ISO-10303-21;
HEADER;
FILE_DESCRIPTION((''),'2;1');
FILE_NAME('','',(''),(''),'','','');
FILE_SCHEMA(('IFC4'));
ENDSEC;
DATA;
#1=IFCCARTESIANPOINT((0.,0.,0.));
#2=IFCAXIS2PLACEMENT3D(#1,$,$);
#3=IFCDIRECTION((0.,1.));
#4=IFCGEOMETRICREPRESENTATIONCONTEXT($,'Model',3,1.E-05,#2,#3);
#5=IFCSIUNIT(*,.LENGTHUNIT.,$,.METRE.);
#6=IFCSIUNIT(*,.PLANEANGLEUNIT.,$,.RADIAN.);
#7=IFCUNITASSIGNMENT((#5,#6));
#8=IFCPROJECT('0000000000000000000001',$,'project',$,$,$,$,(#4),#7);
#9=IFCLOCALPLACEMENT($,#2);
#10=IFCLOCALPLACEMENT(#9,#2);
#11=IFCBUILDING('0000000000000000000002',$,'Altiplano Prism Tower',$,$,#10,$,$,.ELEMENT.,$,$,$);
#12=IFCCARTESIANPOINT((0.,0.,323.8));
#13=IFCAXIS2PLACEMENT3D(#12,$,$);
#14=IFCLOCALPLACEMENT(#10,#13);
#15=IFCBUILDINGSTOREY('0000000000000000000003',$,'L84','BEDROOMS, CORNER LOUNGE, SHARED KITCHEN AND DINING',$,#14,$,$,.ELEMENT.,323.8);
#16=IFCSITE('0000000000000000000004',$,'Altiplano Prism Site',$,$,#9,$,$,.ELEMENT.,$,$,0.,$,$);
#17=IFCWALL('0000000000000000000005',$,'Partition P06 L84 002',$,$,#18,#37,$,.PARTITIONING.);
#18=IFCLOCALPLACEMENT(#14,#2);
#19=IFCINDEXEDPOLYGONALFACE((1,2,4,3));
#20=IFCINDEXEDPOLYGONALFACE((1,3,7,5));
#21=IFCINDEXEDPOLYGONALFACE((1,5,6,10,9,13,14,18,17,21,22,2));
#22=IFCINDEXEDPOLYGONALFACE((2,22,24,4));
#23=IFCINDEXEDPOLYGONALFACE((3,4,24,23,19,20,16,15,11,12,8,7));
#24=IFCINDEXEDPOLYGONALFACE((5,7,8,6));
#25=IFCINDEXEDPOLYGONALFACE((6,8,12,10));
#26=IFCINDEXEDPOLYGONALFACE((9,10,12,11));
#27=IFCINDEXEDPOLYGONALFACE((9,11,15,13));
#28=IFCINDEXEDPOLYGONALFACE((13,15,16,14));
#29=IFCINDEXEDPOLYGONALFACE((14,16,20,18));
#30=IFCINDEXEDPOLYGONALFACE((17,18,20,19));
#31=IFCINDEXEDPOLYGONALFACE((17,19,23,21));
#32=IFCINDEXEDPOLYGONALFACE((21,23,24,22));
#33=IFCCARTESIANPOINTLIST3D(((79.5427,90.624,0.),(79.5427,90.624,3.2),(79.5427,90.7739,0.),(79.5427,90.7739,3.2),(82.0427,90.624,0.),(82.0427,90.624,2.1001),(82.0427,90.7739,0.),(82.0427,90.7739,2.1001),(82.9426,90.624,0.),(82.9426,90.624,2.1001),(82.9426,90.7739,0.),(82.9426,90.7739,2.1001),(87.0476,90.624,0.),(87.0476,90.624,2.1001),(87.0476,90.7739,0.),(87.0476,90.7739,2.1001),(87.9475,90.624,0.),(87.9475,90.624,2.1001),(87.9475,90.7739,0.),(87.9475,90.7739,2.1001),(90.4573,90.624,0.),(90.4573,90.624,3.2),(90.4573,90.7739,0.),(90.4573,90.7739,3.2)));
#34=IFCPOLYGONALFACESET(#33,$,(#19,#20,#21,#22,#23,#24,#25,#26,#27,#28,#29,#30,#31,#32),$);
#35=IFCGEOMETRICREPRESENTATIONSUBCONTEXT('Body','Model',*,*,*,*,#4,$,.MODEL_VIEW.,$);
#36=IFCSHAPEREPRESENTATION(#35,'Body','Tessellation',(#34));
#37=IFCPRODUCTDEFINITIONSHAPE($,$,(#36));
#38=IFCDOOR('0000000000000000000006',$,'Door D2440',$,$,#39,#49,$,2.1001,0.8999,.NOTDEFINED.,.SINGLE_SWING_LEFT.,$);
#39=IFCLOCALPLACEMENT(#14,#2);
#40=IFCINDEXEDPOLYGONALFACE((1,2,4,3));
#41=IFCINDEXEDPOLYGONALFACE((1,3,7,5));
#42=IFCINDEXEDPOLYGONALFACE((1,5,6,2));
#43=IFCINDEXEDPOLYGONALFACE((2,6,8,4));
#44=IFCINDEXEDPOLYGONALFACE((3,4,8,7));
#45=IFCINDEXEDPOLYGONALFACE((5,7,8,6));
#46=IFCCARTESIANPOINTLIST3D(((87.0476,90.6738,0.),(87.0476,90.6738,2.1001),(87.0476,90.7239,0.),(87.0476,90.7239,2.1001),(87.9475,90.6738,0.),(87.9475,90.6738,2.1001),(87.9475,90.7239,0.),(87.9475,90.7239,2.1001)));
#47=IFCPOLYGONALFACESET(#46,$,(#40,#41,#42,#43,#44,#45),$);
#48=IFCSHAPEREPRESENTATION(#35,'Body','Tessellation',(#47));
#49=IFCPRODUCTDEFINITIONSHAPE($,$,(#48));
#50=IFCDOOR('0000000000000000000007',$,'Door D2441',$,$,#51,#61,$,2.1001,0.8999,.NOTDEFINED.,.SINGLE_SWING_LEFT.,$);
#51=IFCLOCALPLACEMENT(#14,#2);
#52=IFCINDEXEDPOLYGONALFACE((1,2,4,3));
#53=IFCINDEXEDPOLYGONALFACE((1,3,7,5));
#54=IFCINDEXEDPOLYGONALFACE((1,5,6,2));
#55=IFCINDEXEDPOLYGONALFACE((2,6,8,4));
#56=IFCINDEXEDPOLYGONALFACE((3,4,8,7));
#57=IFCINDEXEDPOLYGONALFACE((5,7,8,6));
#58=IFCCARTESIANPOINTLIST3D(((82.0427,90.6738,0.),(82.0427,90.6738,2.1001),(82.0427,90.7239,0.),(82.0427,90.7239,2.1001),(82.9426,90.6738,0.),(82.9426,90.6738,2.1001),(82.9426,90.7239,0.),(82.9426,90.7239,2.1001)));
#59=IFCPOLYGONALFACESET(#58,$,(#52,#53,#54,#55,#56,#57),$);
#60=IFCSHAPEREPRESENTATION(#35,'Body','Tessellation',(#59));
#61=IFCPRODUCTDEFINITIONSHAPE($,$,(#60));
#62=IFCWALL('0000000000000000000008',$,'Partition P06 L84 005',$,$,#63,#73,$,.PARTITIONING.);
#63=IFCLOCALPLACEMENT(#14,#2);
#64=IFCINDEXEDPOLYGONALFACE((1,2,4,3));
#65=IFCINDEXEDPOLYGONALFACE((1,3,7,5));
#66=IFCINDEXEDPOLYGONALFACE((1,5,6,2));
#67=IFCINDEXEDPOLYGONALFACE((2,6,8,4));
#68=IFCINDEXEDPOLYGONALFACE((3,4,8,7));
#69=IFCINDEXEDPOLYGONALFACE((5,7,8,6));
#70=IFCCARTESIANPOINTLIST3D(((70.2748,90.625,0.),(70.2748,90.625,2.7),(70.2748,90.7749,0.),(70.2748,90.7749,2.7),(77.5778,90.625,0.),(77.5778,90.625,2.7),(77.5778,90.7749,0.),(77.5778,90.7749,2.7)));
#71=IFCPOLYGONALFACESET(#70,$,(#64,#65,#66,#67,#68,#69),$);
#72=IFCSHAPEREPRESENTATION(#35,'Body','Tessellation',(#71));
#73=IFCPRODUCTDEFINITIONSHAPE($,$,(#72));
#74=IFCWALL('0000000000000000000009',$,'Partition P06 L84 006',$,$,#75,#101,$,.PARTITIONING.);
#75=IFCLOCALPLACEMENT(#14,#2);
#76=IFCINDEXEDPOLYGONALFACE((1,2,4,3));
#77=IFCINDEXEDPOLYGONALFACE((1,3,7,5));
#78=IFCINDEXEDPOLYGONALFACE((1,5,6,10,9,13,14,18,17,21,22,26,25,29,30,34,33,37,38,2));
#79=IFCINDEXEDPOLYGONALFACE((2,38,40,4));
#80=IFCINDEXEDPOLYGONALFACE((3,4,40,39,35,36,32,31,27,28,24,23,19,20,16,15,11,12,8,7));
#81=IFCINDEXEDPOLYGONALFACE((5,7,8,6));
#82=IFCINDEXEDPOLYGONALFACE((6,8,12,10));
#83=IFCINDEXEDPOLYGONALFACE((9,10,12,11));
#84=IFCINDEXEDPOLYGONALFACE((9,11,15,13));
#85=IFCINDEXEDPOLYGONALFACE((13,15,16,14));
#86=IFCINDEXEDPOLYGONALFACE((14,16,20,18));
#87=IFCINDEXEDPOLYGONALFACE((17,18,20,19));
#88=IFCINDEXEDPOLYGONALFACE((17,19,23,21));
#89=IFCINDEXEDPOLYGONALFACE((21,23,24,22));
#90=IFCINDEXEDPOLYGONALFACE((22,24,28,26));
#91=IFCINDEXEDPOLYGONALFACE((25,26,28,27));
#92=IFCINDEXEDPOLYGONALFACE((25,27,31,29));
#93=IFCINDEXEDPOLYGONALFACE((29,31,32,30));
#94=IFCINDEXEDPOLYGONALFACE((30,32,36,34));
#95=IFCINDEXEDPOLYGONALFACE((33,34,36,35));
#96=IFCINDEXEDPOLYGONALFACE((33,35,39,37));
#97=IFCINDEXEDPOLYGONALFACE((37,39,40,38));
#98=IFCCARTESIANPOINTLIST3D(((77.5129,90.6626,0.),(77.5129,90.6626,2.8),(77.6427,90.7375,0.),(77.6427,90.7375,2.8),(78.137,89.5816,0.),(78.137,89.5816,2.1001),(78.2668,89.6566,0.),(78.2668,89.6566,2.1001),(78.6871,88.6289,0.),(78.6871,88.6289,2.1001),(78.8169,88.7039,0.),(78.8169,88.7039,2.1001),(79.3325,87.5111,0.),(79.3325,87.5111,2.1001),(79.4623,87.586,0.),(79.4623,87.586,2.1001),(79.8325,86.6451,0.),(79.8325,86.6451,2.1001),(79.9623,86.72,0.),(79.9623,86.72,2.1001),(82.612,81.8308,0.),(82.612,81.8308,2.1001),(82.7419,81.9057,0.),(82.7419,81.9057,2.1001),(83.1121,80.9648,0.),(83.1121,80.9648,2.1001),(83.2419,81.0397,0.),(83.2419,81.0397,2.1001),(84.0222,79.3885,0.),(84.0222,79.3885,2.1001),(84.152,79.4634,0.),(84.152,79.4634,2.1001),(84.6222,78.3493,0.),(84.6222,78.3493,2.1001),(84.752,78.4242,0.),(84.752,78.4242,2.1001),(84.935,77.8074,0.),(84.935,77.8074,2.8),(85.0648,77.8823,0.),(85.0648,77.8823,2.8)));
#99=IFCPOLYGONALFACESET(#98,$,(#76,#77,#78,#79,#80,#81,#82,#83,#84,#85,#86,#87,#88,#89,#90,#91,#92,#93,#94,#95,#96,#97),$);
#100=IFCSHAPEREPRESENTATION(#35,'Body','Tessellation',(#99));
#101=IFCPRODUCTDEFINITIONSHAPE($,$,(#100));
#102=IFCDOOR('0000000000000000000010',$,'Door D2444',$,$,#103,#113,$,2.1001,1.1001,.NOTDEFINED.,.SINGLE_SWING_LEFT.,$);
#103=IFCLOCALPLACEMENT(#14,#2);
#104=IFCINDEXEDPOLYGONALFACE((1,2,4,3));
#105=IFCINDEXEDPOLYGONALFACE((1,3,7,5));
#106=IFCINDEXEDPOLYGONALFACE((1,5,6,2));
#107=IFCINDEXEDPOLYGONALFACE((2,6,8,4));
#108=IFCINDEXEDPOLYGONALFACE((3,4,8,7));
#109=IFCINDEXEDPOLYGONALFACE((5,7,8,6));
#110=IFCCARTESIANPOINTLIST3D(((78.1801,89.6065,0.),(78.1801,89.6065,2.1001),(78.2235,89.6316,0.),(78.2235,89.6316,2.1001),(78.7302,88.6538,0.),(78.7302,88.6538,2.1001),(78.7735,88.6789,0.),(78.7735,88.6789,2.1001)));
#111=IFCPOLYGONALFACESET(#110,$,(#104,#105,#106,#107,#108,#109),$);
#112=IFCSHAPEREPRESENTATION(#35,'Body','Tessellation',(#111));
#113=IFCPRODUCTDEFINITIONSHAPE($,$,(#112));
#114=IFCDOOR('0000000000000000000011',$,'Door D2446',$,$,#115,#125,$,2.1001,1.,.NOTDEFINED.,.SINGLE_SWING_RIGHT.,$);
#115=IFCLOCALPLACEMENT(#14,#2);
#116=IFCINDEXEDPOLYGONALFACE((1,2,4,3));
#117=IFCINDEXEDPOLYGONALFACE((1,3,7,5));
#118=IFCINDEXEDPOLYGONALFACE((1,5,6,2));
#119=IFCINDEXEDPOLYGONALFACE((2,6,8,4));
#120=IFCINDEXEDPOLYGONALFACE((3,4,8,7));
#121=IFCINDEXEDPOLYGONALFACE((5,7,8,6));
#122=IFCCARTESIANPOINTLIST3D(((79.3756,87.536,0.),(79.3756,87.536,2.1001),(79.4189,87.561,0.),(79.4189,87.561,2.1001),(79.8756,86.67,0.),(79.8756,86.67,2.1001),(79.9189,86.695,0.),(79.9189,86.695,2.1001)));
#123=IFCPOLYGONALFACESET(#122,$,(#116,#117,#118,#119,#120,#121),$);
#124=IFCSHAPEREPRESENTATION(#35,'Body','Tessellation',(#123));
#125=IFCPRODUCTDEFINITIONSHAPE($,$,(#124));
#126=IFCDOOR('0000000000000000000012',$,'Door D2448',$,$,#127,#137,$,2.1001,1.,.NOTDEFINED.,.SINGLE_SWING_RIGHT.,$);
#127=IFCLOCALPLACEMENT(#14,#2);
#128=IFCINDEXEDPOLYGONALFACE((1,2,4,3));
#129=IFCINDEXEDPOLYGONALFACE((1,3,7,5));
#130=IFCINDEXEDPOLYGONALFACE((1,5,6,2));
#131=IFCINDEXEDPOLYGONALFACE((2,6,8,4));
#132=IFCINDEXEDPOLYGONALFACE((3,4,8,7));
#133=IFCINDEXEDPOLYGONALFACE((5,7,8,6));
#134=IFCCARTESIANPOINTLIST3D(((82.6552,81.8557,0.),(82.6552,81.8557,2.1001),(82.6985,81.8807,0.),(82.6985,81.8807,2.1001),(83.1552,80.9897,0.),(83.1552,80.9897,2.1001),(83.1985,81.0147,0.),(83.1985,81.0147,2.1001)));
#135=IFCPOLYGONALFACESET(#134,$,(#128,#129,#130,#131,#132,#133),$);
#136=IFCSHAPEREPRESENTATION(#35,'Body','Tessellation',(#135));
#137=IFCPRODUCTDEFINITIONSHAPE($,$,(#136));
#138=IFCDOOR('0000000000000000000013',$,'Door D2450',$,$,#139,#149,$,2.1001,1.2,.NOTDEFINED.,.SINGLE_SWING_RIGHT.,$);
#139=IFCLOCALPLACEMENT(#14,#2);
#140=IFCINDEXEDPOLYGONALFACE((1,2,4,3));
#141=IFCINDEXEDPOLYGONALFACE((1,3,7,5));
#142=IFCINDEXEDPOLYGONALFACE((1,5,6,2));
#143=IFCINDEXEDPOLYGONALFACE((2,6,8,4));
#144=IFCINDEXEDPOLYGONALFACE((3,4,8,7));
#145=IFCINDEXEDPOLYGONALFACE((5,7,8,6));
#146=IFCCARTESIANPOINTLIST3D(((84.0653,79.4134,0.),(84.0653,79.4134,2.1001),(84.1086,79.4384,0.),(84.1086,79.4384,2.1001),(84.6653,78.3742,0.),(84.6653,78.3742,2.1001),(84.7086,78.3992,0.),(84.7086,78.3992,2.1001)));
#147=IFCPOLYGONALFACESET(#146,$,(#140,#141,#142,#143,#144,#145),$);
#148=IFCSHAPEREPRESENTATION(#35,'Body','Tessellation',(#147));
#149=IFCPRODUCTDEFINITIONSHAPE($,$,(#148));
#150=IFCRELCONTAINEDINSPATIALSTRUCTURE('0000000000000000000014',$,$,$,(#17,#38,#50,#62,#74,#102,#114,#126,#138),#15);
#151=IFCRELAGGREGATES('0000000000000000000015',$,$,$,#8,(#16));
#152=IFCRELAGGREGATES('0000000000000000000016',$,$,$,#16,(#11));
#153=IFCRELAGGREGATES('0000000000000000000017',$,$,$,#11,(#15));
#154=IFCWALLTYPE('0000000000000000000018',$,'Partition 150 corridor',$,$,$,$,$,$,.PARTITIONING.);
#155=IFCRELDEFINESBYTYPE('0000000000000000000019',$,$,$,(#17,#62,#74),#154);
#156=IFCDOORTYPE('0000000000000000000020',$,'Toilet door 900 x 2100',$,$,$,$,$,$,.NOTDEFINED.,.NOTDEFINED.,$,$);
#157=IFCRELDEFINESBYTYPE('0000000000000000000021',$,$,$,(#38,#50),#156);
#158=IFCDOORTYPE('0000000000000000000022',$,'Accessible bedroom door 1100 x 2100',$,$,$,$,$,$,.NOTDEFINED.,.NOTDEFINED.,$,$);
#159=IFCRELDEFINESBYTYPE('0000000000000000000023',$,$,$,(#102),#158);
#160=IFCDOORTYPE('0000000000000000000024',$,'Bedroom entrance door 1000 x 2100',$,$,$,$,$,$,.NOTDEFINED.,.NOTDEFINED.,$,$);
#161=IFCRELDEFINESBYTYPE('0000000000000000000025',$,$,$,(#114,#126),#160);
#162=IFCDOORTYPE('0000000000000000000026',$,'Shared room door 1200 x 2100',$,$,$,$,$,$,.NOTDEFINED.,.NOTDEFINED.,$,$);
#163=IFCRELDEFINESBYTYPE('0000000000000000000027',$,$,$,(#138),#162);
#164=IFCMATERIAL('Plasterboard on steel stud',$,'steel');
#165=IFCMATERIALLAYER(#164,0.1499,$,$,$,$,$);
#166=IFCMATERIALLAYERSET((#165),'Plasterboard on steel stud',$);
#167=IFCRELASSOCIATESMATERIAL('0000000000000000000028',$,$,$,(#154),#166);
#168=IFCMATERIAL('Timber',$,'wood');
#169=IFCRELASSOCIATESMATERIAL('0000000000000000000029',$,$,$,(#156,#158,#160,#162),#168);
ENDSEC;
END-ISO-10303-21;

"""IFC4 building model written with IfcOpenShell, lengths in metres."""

from ifc_helpers import new_model, si_unit, direction, frame, frame_2d, origin, place, context, subcontext, project, spatial, rectangle, extrude, material, layer, layer_set, type_object, element, fill, save


model = new_model("IFC4")

# Units and contexts
model_context = context("Model", 3, precision=1e-05, world=origin(), true_north=direction((0.0, 1.0)))
body_context = subcontext(model_context, "Body", "Model", "MODEL_VIEW")
ifc_project = project(units=[si_unit("LENGTHUNIT", "METRE"), si_unit("PLANEANGLEUNIT", "RADIAN")], contexts=[model_context])

# Site, building, storey
site_placement = place(None, origin())
site = spatial("IfcSite", under=ifc_project, at=site_placement, Name="Altiplano Prism Site", CompositionType="ELEMENT", RefElevation=0.0)
building_placement = place(site_placement, origin())
building = spatial("IfcBuilding", under=site, at=building_placement, Name="Altiplano Prism Tower", CompositionType="ELEMENT")
storey_placement = place(building_placement, frame((0.0, 0.0, 323.8)))
storey = spatial("IfcBuildingStorey", under=building, at=storey_placement, Name="L84", Description="BEDROOMS, CORNER LOUNGE, SHARED KITCHEN AND DINING", CompositionType="ELEMENT", Elevation=323.8)

# Shared definitions
ifc_material_1 = material(Name="Plasterboard on steel stud", Category="steel")
ifc_material_2 = material(Name="Timber", Category="wood")

# Wall, openings, doors
ifc_layer_1 = layer(ifc_material_1, 0.1499)
ifc_layer_set_1 = layer_set([ifc_layer_1], Name="Plasterboard on steel stud")
wall_type_1 = type_object("IfcWallType", Name="Partition 150 corridor", PredefinedType="PARTITIONING", material=ifc_layer_set_1)
wall_1_placement = place(storey_placement, frame((79.5427, 90.699, 0.0), z_axis=(0.0, 0.0, 1.0), x_axis=(1.0, 0.0, 0.0)))
wall_1 = element("IfcWall", 1, at=wall_1_placement, inside=storey, type_object=wall_type_1, Name="Partition P06 L84 002", PredefinedType="PARTITIONING", context=body_context, shape_type="SweptSolid", body=[
    extrude(rectangle(XDim=10.9146, YDim=0.1499, at=frame_2d((5.4573, 0.0))), origin(), (0.0, 0.0, 1.0), 3.2),
])
opening_1_placement = place(wall_1_placement, frame((7.5049, 0.0, 0.0)))
opening_1 = element("IfcOpeningElement", 2, at=opening_1_placement, cuts=wall_1, PredefinedType="OPENING", context=body_context, shape_type="SweptSolid", body=[
    extrude(rectangle(XDim=0.8999, YDim=2.1001, at=frame_2d((0.45, 1.05))), frame((0.0, 0.0854, 0.0), z_axis=(0.0, -1.0, 0.0), x_axis=(1.0, 0.0, 0.0)), (0.0, 0.0, 1.0), 0.1709),
])
opening_2_placement = place(wall_1_placement, frame((2.5, 0.0, 0.0)))
opening_2 = element("IfcOpeningElement", 3, at=opening_2_placement, cuts=wall_1, PredefinedType="OPENING", context=body_context, shape_type="SweptSolid", body=[
    extrude(rectangle(XDim=0.8999, YDim=2.1001, at=frame_2d((0.45, 1.05))), frame((0.0, 0.0854, 0.0), z_axis=(0.0, -1.0, 0.0), x_axis=(1.0, 0.0, 0.0)), (0.0, 0.0, 1.0), 0.1709),
])
door_type_1 = type_object("IfcDoorType", Name="Toilet door 900 x 2100", OperationType="NOTDEFINED", PredefinedType="NOTDEFINED", material=ifc_material_2)
door_1_placement = place(opening_1_placement, origin())
door_1 = element("IfcDoor", 4, at=door_1_placement, inside=storey, type_object=door_type_1, Name="Door D2440", OperationType="SINGLE_SWING_LEFT", OverallHeight=2.1001, OverallWidth=0.8999, PredefinedType="NOTDEFINED", context=body_context, shape_type="SweptSolid", body=[
    extrude(rectangle(XDim=0.8999, YDim=2.1001, at=frame_2d((0.45, 1.05))), frame((0.0, 0.0249, 0.0), z_axis=(0.0, -1.0, 0.0), x_axis=(1.0, 0.0, 0.0)), (0.0, 0.0, 1.0), 0.05),
])
fill(opening_1, door_1)
door_2_placement = place(opening_2_placement, origin())
door_2 = element("IfcDoor", 5, at=door_2_placement, inside=storey, type_object=door_type_1, Name="Door D2441", OperationType="SINGLE_SWING_LEFT", OverallHeight=2.1001, OverallWidth=0.8999, PredefinedType="NOTDEFINED", context=body_context, shape_type="SweptSolid", body=[
    extrude(rectangle(XDim=0.8999, YDim=2.1001, at=frame_2d((0.45, 1.05))), frame((0.0, 0.0249, 0.0), z_axis=(0.0, -1.0, 0.0), x_axis=(1.0, 0.0, 0.0)), (0.0, 0.0, 1.0), 0.05),
])
fill(opening_2, door_2)

# Wall
wall_2_placement = place(storey_placement, frame((70.2749, 90.7, 0.0), z_axis=(0.0, 0.0, 1.0), x_axis=(1.0, 0.0, 0.0)))
element("IfcWall", 6, at=wall_2_placement, inside=storey, type_object=wall_type_1, Name="Partition P06 L84 005", PredefinedType="PARTITIONING", context=body_context, shape_type="SweptSolid", body=[
    extrude(rectangle(XDim=7.303, YDim=0.1499, at=frame_2d((3.6514, 0.0))), origin(), (0.0, 0.0, 1.0), 2.7),
])

# Wall, openings, doors
wall_3_placement = place(storey_placement, frame((77.5779, 90.7, 0.0), z_axis=(0.0, 0.0, 1.0), x_axis=(0.500008, -0.866021, 0.0)))
wall_3 = element("IfcWall", 7, at=wall_3_placement, inside=storey, type_object=wall_type_1, Name="Partition P06 L84 006", PredefinedType="PARTITIONING", context=body_context, shape_type="SweptSolid", body=[
    extrude(rectangle(XDim=14.844, YDim=0.1499, at=frame_2d((7.4219, 0.0))), origin(), (0.0, 0.0, 1.0), 2.8),
])
opening_3_placement = place(wall_3_placement, frame((1.248, 0.0, 0.0)))
opening_3 = element("IfcOpeningElement", 8, at=opening_3_placement, cuts=wall_3, PredefinedType="OPENING", context=body_context, shape_type="SweptSolid", body=[
    extrude(rectangle(XDim=1.1001, YDim=2.1001, at=frame_2d((0.55, 1.05))), frame((0.0, 0.0854, 0.0), z_axis=(0.0, -1.0, 0.0), x_axis=(1.0, 0.0, 0.0)), (0.0, 0.0, 1.0), 0.1709),
])
opening_4_placement = place(wall_3_placement, frame((3.6389, 0.0, 0.0)))
opening_4 = element("IfcOpeningElement", 9, at=opening_4_placement, cuts=wall_3, PredefinedType="OPENING", context=body_context, shape_type="SweptSolid", body=[
    extrude(rectangle(XDim=1.0, YDim=2.1001, at=frame_2d((0.5, 1.05))), frame((0.0, 0.0854, 0.0), z_axis=(0.0, -1.0, 0.0), x_axis=(1.0, 0.0, 0.0)), (0.0, 0.0, 1.0), 0.1709),
])
opening_5_placement = place(wall_3_placement, frame((10.198, 0.0, 0.0)))
opening_5 = element("IfcOpeningElement", 10, at=opening_5_placement, cuts=wall_3, PredefinedType="OPENING", context=body_context, shape_type="SweptSolid", body=[
    extrude(rectangle(XDim=1.0, YDim=2.1001, at=frame_2d((0.5, 1.05))), frame((0.0, 0.0854, 0.0), z_axis=(0.0, -1.0, 0.0), x_axis=(1.0, 0.0, 0.0)), (0.0, 0.0, 1.0), 0.1709),
])
opening_6_placement = place(wall_3_placement, frame((13.0181, 0.0, 0.0)))
opening_6 = element("IfcOpeningElement", 11, at=opening_6_placement, cuts=wall_3, PredefinedType="OPENING", context=body_context, shape_type="SweptSolid", body=[
    extrude(rectangle(XDim=1.2, YDim=2.1001, at=frame_2d((0.6001, 1.05))), frame((0.0, 0.0854, 0.0), z_axis=(0.0, -1.0, 0.0), x_axis=(1.0, 0.0, 0.0)), (0.0, 0.0, 1.0), 0.1709),
])
door_type_2 = type_object("IfcDoorType", Name="Accessible bedroom door 1100 x 2100", OperationType="NOTDEFINED", PredefinedType="NOTDEFINED", material=ifc_material_2)
door_3_placement = place(opening_3_placement, origin())
door_3 = element("IfcDoor", 12, at=door_3_placement, inside=storey, type_object=door_type_2, Name="Door D2444", OperationType="SINGLE_SWING_LEFT", OverallHeight=2.1001, OverallWidth=1.1001, PredefinedType="NOTDEFINED", context=body_context, shape_type="SweptSolid", body=[
    extrude(rectangle(XDim=1.1001, YDim=2.1001, at=frame_2d((0.55, 1.05))), frame((0.0, 0.0249, 0.0), z_axis=(0.0, -1.0, 0.0), x_axis=(1.0, 0.0, 0.0)), (0.0, 0.0, 1.0), 0.05),
])
fill(opening_3, door_3)
door_type_3 = type_object("IfcDoorType", Name="Bedroom entrance door 1000 x 2100", OperationType="NOTDEFINED", PredefinedType="NOTDEFINED", material=ifc_material_2)
door_4_placement = place(opening_4_placement, origin())
door_4 = element("IfcDoor", 13, at=door_4_placement, inside=storey, type_object=door_type_3, Name="Door D2446", OperationType="SINGLE_SWING_RIGHT", OverallHeight=2.1001, OverallWidth=1.0, PredefinedType="NOTDEFINED", context=body_context, shape_type="SweptSolid", body=[
    extrude(rectangle(XDim=1.0, YDim=2.1001, at=frame_2d((0.5, 1.05))), frame((0.0, 0.0249, 0.0), z_axis=(0.0, -1.0, 0.0), x_axis=(1.0, 0.0, 0.0)), (0.0, 0.0, 1.0), 0.05),
])
fill(opening_4, door_4)
door_5_placement = place(opening_5_placement, origin())
door_5 = element("IfcDoor", 14, at=door_5_placement, inside=storey, type_object=door_type_3, Name="Door D2448", OperationType="SINGLE_SWING_RIGHT", OverallHeight=2.1001, OverallWidth=1.0, PredefinedType="NOTDEFINED", context=body_context, shape_type="SweptSolid", body=[
    extrude(rectangle(XDim=1.0, YDim=2.1001, at=frame_2d((0.5, 1.05))), frame((0.0, 0.0249, 0.0), z_axis=(0.0, -1.0, 0.0), x_axis=(1.0, 0.0, 0.0)), (0.0, 0.0, 1.0), 0.05),
])
fill(opening_5, door_5)
door_type_4 = type_object("IfcDoorType", Name="Shared room door 1200 x 2100", OperationType="NOTDEFINED", PredefinedType="NOTDEFINED", material=ifc_material_2)
door_6_placement = place(opening_6_placement, origin())
door_6 = element("IfcDoor", 15, at=door_6_placement, inside=storey, type_object=door_type_4, Name="Door D2450", OperationType="SINGLE_SWING_RIGHT", OverallHeight=2.1001, OverallWidth=1.2, PredefinedType="NOTDEFINED", context=body_context, shape_type="SweptSolid", body=[
    extrude(rectangle(XDim=1.2, YDim=2.1001, at=frame_2d((0.6001, 1.05))), frame((0.0, 0.0249, 0.0), z_axis=(0.0, -1.0, 0.0), x_axis=(1.0, 0.0, 0.0)), (0.0, 0.0, 1.0), 0.05),
])
fill(opening_6, door_6)

save(model, "model.ifc")
